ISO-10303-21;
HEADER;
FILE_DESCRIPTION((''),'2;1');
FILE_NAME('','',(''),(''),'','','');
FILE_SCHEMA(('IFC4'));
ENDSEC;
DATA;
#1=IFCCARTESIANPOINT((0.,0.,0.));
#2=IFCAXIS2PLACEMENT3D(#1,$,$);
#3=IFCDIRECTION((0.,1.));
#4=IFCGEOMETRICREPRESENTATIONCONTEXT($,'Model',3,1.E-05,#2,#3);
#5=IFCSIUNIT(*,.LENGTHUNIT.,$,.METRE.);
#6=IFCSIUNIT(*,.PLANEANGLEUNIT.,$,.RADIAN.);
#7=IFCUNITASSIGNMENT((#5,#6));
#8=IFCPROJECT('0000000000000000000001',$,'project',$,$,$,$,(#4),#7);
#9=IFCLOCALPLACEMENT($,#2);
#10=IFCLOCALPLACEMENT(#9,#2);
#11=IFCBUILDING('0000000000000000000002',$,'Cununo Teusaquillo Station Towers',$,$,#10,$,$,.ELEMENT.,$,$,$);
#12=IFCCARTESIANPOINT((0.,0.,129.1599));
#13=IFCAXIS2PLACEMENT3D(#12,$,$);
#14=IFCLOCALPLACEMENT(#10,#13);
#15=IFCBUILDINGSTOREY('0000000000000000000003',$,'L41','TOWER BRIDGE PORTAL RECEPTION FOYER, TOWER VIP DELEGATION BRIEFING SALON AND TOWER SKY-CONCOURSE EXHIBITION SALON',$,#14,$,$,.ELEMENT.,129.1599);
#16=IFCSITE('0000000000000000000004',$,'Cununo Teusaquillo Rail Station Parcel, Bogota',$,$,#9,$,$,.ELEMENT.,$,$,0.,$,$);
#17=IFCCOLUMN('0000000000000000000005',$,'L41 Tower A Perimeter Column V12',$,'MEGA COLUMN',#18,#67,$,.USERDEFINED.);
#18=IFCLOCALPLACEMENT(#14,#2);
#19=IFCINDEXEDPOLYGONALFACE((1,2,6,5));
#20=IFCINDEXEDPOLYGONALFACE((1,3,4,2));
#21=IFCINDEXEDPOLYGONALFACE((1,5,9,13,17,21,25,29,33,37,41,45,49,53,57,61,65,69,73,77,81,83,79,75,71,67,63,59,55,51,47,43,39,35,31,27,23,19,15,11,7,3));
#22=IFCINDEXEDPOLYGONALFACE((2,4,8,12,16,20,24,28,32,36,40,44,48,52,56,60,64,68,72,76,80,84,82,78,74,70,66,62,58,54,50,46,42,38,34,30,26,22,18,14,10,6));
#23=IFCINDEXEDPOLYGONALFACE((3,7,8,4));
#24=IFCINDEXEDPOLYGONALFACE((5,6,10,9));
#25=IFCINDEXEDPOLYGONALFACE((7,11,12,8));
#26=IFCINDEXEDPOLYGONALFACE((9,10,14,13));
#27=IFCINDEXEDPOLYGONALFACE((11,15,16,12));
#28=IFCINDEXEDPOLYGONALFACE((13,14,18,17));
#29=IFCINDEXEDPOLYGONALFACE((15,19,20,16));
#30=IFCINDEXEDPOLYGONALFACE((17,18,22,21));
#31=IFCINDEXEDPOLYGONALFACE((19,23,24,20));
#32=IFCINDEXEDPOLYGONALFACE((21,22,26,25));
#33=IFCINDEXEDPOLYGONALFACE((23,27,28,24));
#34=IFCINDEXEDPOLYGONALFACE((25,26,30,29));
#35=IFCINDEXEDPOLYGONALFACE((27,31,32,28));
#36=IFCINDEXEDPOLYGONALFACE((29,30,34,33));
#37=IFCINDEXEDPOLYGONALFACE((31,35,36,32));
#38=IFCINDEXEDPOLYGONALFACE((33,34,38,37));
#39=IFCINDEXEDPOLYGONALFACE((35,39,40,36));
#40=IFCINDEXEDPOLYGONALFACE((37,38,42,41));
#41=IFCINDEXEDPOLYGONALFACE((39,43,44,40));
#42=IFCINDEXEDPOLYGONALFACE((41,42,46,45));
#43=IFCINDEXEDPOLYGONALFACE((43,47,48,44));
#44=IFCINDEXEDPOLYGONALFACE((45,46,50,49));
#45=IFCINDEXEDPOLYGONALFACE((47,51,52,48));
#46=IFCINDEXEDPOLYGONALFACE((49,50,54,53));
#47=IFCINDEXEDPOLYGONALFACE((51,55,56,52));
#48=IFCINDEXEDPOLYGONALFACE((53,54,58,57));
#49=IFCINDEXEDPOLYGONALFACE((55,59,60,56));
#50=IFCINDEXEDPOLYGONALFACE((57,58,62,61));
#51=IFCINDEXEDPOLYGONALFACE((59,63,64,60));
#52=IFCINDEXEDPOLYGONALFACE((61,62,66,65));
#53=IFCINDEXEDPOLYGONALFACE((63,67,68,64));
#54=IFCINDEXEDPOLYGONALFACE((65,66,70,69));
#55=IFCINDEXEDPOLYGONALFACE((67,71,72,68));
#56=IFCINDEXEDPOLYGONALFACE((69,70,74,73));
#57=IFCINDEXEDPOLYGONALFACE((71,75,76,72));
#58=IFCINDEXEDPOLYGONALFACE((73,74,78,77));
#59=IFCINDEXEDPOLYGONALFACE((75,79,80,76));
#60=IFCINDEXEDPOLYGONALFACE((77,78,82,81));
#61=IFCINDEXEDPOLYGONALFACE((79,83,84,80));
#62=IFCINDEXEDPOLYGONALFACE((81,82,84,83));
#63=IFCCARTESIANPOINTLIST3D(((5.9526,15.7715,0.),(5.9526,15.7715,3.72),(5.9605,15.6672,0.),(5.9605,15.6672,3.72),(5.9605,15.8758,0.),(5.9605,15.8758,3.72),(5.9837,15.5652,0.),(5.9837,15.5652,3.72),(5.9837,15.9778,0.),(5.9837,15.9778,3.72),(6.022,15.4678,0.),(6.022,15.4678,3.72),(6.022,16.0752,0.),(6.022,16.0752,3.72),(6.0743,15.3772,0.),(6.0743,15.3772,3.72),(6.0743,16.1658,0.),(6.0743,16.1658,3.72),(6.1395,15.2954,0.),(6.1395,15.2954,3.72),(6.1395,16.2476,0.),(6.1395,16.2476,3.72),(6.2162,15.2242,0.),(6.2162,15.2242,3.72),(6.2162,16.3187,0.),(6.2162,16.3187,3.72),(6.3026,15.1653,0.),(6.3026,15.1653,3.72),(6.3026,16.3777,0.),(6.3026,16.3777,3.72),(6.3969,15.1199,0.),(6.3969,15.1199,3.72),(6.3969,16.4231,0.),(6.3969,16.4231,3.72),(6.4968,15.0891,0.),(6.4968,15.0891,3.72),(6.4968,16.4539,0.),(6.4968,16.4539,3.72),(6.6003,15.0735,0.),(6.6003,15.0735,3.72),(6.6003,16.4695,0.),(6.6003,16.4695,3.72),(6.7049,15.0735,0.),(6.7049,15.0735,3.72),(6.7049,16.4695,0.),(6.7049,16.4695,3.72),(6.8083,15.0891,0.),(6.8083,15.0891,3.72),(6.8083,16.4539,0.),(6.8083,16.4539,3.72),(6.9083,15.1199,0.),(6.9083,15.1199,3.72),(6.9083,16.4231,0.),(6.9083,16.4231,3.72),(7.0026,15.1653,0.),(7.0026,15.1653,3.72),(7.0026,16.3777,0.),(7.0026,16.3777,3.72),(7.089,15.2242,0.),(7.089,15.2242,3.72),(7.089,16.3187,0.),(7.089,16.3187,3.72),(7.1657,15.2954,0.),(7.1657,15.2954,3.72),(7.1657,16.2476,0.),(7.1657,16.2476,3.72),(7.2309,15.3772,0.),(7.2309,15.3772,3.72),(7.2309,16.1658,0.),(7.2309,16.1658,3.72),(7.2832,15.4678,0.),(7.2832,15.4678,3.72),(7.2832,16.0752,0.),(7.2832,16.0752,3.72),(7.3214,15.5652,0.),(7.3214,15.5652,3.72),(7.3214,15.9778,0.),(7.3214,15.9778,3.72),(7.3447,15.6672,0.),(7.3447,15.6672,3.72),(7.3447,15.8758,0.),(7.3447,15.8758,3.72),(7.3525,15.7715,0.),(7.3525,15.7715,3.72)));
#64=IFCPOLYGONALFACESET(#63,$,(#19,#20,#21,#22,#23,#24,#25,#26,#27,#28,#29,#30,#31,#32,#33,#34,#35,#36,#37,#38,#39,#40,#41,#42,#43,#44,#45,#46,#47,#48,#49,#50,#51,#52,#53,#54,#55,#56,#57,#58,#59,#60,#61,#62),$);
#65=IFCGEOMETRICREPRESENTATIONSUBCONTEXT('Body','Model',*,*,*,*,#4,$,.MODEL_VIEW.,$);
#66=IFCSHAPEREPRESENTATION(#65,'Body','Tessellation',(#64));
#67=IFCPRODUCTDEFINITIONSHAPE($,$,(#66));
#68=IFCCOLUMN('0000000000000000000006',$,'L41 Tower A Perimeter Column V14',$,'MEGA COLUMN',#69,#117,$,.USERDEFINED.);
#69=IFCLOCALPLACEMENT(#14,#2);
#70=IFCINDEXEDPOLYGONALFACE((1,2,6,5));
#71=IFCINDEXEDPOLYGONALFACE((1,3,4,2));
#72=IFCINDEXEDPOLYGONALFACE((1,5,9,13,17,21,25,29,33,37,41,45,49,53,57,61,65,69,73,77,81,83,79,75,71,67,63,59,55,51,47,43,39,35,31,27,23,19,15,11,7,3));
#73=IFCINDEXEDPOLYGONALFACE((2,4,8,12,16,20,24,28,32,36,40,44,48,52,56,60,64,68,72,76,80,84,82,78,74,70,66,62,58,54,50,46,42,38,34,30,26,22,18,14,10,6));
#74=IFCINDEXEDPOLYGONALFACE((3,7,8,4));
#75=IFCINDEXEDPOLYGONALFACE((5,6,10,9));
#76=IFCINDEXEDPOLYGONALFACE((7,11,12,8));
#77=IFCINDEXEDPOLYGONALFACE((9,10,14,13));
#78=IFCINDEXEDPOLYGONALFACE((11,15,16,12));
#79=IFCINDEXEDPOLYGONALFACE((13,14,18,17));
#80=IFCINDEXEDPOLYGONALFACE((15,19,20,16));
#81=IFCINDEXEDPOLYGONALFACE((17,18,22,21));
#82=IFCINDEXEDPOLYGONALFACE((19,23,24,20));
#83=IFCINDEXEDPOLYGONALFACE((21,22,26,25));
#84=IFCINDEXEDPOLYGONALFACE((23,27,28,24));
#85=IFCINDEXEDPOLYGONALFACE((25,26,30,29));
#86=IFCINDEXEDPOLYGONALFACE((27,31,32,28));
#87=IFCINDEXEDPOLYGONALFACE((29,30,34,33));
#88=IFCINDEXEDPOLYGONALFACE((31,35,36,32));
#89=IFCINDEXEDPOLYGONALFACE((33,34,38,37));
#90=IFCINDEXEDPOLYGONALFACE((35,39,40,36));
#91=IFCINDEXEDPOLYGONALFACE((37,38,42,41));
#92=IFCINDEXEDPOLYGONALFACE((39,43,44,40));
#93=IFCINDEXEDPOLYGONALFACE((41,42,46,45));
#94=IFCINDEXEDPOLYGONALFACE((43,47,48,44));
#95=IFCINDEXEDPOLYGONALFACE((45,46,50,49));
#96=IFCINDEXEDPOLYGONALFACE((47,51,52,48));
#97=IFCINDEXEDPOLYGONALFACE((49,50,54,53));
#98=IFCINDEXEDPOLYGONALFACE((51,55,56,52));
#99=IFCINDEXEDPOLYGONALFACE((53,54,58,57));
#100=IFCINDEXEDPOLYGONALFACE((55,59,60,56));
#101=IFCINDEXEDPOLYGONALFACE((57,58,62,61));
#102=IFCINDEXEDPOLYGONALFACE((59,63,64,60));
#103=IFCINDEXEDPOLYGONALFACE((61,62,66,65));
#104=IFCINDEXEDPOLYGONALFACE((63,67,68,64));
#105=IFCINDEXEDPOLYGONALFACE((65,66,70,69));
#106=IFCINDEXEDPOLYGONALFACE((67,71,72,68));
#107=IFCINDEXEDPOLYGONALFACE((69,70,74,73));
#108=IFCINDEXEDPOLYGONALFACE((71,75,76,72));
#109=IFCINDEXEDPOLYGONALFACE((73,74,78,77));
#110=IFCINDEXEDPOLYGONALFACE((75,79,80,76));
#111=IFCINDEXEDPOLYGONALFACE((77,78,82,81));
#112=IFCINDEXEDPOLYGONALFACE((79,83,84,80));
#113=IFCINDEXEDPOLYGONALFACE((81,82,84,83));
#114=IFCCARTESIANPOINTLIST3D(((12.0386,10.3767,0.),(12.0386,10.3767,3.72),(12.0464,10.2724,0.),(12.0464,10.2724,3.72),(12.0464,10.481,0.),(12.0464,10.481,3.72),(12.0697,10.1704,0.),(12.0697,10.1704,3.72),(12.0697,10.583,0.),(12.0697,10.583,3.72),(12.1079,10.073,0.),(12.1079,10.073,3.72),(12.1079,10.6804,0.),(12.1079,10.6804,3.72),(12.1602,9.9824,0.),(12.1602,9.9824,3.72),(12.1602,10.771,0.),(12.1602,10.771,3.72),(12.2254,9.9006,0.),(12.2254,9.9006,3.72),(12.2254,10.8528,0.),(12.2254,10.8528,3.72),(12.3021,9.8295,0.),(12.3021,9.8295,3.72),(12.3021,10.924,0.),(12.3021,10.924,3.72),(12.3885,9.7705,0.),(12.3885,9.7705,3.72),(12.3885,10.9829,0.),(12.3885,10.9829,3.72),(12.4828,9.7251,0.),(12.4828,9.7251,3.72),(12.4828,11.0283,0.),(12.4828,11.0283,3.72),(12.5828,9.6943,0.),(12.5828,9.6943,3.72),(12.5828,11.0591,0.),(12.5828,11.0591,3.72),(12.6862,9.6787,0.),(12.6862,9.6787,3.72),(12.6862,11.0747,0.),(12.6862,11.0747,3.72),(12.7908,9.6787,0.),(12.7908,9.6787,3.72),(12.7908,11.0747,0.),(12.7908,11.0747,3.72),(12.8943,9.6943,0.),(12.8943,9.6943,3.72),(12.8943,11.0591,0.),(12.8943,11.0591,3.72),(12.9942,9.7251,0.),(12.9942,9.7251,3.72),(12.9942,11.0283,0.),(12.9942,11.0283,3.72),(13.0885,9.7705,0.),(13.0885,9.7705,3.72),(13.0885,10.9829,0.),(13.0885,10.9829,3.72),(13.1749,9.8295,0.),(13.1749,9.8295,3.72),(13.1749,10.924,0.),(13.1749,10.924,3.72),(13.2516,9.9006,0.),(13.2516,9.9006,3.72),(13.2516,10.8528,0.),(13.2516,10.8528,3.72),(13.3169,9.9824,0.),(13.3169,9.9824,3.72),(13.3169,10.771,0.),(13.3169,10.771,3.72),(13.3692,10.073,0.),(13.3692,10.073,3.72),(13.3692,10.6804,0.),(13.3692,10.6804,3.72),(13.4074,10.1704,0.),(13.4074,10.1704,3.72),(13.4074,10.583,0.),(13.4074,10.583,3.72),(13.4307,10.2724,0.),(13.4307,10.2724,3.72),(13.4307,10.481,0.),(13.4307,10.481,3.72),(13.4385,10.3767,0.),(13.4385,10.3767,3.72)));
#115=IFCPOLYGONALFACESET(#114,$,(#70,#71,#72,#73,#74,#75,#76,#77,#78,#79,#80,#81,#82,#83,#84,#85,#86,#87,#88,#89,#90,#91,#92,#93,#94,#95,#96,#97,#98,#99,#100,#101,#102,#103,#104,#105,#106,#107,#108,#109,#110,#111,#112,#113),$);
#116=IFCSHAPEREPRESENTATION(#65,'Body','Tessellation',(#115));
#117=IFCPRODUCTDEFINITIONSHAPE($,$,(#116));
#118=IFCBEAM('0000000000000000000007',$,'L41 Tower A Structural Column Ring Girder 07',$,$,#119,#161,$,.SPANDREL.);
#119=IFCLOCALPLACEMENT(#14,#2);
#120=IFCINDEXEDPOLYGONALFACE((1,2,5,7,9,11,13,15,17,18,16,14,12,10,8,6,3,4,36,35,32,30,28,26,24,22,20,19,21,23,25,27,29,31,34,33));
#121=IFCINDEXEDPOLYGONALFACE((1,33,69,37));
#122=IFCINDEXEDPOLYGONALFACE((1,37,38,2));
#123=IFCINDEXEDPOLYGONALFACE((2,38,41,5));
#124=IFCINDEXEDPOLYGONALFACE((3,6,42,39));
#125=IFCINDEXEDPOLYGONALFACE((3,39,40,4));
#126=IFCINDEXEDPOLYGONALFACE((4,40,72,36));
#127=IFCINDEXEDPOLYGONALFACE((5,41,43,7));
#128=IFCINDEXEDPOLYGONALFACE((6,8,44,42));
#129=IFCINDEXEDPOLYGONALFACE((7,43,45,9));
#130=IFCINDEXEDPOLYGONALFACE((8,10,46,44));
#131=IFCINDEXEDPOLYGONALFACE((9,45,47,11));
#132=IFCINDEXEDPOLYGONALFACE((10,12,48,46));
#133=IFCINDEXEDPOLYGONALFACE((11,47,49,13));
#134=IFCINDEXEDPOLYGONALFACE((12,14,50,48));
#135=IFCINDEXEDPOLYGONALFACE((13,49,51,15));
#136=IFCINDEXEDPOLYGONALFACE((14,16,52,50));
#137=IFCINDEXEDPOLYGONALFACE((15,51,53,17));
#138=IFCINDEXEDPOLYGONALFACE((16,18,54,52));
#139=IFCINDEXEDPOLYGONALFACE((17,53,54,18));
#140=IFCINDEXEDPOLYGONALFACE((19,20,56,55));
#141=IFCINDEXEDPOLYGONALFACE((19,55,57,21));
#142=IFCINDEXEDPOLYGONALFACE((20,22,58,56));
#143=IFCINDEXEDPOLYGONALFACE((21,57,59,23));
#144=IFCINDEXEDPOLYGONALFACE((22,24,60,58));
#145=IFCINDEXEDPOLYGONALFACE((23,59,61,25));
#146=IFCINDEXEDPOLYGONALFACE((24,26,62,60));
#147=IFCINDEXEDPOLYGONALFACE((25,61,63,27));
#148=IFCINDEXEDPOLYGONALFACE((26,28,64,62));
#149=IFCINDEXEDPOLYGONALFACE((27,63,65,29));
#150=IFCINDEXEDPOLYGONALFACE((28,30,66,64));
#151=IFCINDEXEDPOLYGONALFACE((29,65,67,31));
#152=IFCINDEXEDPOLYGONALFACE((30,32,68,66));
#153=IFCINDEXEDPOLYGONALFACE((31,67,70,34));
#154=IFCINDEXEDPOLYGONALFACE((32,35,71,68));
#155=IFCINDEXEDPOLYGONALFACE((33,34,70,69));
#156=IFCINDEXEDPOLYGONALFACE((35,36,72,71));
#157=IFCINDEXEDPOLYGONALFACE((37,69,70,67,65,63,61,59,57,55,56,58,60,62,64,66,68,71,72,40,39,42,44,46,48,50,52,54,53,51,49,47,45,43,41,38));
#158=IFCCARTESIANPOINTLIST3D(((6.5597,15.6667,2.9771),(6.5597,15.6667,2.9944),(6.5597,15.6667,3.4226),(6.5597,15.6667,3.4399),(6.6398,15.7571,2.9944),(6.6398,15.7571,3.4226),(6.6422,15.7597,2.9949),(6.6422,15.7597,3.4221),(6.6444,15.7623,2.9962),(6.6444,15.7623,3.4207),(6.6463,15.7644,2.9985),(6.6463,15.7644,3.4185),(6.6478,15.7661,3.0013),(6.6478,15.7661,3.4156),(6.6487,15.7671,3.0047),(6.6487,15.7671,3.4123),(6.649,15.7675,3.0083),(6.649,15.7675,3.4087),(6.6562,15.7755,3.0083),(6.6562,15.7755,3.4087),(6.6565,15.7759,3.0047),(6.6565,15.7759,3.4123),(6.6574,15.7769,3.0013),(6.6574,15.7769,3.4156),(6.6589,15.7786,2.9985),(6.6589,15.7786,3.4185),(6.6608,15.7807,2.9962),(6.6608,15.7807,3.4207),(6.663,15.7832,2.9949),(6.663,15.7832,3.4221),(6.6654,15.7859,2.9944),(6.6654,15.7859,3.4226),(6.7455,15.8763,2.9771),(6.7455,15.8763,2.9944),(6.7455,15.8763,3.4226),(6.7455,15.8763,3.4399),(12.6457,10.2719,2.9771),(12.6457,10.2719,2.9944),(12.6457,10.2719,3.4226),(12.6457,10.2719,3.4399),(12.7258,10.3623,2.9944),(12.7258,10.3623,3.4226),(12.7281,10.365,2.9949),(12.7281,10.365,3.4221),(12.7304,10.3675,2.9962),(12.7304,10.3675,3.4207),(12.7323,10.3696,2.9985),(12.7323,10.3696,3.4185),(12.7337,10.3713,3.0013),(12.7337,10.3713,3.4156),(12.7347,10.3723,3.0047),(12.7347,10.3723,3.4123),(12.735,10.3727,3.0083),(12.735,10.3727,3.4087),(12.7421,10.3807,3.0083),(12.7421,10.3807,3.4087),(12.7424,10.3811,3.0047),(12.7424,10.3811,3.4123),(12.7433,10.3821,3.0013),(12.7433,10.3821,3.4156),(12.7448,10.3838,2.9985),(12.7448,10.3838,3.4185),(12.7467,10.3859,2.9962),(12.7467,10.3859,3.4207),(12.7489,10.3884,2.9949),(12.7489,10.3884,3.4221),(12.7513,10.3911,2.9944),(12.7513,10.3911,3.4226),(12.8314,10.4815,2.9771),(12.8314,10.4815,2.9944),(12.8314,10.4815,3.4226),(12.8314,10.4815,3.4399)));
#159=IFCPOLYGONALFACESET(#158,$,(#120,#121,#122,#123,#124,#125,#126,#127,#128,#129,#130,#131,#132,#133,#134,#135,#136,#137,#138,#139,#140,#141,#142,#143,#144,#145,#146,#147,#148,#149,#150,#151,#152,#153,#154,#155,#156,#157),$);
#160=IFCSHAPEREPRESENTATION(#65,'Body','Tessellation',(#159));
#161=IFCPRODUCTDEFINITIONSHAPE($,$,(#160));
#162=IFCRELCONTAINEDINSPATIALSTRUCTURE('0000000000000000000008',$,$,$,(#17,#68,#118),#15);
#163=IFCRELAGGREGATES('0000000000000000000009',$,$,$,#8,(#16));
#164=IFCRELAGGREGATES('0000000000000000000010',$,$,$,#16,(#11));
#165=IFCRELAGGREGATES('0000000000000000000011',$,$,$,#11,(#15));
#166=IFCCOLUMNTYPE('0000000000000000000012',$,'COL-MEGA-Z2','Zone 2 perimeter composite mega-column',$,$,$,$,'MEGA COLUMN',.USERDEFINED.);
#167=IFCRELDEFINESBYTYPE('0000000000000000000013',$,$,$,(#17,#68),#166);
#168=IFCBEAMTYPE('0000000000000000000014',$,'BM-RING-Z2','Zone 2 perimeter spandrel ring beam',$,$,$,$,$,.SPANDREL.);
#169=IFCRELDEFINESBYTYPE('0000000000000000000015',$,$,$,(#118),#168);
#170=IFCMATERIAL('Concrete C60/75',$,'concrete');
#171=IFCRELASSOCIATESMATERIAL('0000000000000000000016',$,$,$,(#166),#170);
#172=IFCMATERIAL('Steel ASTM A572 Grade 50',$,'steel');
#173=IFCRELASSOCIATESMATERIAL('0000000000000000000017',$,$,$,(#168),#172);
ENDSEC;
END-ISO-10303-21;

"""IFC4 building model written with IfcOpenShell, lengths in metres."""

from ifc_helpers import new_model, si_unit, direction, frame, origin, origin_2d, place, context, subcontext, project, spatial, circle, i_section, extrude, material, material_profile, profile_set, type_object, element, save


model = new_model("IFC4")

# Units and contexts
model_context = context("Model", 3, precision=1e-05, world=origin(), true_north=direction((0.0, 1.0)))
body_context = subcontext(model_context, "Body", "Model", "MODEL_VIEW")
ifc_project = project(units=[si_unit("LENGTHUNIT", "METRE"), si_unit("PLANEANGLEUNIT", "RADIAN")], contexts=[model_context])

# Site, building, storey
site_placement = place(None, origin())
site = spatial("IfcSite", under=ifc_project, at=site_placement, Name="Cununo Teusaquillo Rail Station Parcel, Bogota", CompositionType="ELEMENT", RefElevation=0.0)
building_placement = place(site_placement, origin())
building = spatial("IfcBuilding", under=site, at=building_placement, Name="Cununo Teusaquillo Station Towers", CompositionType="ELEMENT")
storey_placement = place(building_placement, frame((0.0, 0.0, 129.1599)))
storey = spatial("IfcBuildingStorey", under=building, at=storey_placement, Name="L41", Description="TOWER BRIDGE PORTAL RECEPTION FOYER, TOWER VIP DELEGATION BRIEFING SALON AND TOWER SKY-CONCOURSE EXHIBITION SALON", CompositionType="ELEMENT", Elevation=129.1599)

# Columns
ifc_material_1 = material(Name="Concrete C60/75", Category="concrete")
ifc_material_profile_1 = material_profile(ifc_material_1, circle(Radius=0.7, at=origin_2d()), Name="RC-CIRC-1400")
ifc_profile_set_1 = profile_set([ifc_material_profile_1], Name="Concrete C60/75")
column_type = type_object("IfcColumnType", Name="COL-MEGA-Z2", Description="Zone 2 perimeter composite mega-column", ElementType="MEGA COLUMN", PredefinedType="USERDEFINED", material=ifc_profile_set_1)
for number, where, z_axis, x_axis, name in (
    (1, (6.6526, 15.7715, 0.0), (0.0, 0.0, 1.0), (1.0, 0.0, 0.0), "L41 Tower A Perimeter Column V12"),
    (2, (12.7385, 10.3767, 0.0), (0.0, 0.0, 1.0), (1.0, 0.0, 0.0), "L41 Tower A Perimeter Column V14"),
):
    element("IfcColumn", number, at=place(storey_placement, frame(where, z_axis=z_axis, x_axis=x_axis)), inside=storey, type_object=column_type, Name=name, ObjectType="MEGA COLUMN", PredefinedType="USERDEFINED", context=body_context, shape_type="SweptSolid", body=[
        extrude(circle(Radius=0.7, at=origin_2d()), origin(), (0.0, 0.0, 1.0), 3.72),
    ])

# Beam
ifc_material_2 = material(Name="Steel ASTM A572 Grade 50", Category="steel")
ifc_material_profile_2 = material_profile(ifc_material_2, i_section(OverallWidth=0.28, OverallDepth=0.4629, WebThickness=0.0107, FlangeThickness=0.0173, FilletRadius=0.0139, at=origin_2d()), Name="W18X76")
ifc_profile_set_2 = profile_set([ifc_material_profile_2], Name="Steel ASTM A572 Grade 50")
beam_type = type_object("IfcBeamType", Name="BM-RING-Z2", Description="Zone 2 perimeter spandrel ring beam", PredefinedType="SPANDREL", material=ifc_profile_set_2)
beam_1_placement = place(storey_placement, frame((6.6526, 15.7715, 3.2085), z_axis=(0.748321, -0.663337, 0.0), x_axis=(0.663337, 0.748321, 0.0)))
element("IfcBeam", 3, at=beam_1_placement, inside=storey, type_object=beam_type, Name="L41 Tower A Structural Column Ring Girder 07", PredefinedType="SPANDREL", context=body_context, shape_type="SweptSolid", body=[
    extrude(i_section(OverallWidth=0.28, OverallDepth=0.4629, WebThickness=0.0107, FlangeThickness=0.0173, FilletRadius=0.0139, at=origin_2d()), origin(), (0.0, 0.0, 1.0), 8.1328),
])

save(model, "model.ifc")
